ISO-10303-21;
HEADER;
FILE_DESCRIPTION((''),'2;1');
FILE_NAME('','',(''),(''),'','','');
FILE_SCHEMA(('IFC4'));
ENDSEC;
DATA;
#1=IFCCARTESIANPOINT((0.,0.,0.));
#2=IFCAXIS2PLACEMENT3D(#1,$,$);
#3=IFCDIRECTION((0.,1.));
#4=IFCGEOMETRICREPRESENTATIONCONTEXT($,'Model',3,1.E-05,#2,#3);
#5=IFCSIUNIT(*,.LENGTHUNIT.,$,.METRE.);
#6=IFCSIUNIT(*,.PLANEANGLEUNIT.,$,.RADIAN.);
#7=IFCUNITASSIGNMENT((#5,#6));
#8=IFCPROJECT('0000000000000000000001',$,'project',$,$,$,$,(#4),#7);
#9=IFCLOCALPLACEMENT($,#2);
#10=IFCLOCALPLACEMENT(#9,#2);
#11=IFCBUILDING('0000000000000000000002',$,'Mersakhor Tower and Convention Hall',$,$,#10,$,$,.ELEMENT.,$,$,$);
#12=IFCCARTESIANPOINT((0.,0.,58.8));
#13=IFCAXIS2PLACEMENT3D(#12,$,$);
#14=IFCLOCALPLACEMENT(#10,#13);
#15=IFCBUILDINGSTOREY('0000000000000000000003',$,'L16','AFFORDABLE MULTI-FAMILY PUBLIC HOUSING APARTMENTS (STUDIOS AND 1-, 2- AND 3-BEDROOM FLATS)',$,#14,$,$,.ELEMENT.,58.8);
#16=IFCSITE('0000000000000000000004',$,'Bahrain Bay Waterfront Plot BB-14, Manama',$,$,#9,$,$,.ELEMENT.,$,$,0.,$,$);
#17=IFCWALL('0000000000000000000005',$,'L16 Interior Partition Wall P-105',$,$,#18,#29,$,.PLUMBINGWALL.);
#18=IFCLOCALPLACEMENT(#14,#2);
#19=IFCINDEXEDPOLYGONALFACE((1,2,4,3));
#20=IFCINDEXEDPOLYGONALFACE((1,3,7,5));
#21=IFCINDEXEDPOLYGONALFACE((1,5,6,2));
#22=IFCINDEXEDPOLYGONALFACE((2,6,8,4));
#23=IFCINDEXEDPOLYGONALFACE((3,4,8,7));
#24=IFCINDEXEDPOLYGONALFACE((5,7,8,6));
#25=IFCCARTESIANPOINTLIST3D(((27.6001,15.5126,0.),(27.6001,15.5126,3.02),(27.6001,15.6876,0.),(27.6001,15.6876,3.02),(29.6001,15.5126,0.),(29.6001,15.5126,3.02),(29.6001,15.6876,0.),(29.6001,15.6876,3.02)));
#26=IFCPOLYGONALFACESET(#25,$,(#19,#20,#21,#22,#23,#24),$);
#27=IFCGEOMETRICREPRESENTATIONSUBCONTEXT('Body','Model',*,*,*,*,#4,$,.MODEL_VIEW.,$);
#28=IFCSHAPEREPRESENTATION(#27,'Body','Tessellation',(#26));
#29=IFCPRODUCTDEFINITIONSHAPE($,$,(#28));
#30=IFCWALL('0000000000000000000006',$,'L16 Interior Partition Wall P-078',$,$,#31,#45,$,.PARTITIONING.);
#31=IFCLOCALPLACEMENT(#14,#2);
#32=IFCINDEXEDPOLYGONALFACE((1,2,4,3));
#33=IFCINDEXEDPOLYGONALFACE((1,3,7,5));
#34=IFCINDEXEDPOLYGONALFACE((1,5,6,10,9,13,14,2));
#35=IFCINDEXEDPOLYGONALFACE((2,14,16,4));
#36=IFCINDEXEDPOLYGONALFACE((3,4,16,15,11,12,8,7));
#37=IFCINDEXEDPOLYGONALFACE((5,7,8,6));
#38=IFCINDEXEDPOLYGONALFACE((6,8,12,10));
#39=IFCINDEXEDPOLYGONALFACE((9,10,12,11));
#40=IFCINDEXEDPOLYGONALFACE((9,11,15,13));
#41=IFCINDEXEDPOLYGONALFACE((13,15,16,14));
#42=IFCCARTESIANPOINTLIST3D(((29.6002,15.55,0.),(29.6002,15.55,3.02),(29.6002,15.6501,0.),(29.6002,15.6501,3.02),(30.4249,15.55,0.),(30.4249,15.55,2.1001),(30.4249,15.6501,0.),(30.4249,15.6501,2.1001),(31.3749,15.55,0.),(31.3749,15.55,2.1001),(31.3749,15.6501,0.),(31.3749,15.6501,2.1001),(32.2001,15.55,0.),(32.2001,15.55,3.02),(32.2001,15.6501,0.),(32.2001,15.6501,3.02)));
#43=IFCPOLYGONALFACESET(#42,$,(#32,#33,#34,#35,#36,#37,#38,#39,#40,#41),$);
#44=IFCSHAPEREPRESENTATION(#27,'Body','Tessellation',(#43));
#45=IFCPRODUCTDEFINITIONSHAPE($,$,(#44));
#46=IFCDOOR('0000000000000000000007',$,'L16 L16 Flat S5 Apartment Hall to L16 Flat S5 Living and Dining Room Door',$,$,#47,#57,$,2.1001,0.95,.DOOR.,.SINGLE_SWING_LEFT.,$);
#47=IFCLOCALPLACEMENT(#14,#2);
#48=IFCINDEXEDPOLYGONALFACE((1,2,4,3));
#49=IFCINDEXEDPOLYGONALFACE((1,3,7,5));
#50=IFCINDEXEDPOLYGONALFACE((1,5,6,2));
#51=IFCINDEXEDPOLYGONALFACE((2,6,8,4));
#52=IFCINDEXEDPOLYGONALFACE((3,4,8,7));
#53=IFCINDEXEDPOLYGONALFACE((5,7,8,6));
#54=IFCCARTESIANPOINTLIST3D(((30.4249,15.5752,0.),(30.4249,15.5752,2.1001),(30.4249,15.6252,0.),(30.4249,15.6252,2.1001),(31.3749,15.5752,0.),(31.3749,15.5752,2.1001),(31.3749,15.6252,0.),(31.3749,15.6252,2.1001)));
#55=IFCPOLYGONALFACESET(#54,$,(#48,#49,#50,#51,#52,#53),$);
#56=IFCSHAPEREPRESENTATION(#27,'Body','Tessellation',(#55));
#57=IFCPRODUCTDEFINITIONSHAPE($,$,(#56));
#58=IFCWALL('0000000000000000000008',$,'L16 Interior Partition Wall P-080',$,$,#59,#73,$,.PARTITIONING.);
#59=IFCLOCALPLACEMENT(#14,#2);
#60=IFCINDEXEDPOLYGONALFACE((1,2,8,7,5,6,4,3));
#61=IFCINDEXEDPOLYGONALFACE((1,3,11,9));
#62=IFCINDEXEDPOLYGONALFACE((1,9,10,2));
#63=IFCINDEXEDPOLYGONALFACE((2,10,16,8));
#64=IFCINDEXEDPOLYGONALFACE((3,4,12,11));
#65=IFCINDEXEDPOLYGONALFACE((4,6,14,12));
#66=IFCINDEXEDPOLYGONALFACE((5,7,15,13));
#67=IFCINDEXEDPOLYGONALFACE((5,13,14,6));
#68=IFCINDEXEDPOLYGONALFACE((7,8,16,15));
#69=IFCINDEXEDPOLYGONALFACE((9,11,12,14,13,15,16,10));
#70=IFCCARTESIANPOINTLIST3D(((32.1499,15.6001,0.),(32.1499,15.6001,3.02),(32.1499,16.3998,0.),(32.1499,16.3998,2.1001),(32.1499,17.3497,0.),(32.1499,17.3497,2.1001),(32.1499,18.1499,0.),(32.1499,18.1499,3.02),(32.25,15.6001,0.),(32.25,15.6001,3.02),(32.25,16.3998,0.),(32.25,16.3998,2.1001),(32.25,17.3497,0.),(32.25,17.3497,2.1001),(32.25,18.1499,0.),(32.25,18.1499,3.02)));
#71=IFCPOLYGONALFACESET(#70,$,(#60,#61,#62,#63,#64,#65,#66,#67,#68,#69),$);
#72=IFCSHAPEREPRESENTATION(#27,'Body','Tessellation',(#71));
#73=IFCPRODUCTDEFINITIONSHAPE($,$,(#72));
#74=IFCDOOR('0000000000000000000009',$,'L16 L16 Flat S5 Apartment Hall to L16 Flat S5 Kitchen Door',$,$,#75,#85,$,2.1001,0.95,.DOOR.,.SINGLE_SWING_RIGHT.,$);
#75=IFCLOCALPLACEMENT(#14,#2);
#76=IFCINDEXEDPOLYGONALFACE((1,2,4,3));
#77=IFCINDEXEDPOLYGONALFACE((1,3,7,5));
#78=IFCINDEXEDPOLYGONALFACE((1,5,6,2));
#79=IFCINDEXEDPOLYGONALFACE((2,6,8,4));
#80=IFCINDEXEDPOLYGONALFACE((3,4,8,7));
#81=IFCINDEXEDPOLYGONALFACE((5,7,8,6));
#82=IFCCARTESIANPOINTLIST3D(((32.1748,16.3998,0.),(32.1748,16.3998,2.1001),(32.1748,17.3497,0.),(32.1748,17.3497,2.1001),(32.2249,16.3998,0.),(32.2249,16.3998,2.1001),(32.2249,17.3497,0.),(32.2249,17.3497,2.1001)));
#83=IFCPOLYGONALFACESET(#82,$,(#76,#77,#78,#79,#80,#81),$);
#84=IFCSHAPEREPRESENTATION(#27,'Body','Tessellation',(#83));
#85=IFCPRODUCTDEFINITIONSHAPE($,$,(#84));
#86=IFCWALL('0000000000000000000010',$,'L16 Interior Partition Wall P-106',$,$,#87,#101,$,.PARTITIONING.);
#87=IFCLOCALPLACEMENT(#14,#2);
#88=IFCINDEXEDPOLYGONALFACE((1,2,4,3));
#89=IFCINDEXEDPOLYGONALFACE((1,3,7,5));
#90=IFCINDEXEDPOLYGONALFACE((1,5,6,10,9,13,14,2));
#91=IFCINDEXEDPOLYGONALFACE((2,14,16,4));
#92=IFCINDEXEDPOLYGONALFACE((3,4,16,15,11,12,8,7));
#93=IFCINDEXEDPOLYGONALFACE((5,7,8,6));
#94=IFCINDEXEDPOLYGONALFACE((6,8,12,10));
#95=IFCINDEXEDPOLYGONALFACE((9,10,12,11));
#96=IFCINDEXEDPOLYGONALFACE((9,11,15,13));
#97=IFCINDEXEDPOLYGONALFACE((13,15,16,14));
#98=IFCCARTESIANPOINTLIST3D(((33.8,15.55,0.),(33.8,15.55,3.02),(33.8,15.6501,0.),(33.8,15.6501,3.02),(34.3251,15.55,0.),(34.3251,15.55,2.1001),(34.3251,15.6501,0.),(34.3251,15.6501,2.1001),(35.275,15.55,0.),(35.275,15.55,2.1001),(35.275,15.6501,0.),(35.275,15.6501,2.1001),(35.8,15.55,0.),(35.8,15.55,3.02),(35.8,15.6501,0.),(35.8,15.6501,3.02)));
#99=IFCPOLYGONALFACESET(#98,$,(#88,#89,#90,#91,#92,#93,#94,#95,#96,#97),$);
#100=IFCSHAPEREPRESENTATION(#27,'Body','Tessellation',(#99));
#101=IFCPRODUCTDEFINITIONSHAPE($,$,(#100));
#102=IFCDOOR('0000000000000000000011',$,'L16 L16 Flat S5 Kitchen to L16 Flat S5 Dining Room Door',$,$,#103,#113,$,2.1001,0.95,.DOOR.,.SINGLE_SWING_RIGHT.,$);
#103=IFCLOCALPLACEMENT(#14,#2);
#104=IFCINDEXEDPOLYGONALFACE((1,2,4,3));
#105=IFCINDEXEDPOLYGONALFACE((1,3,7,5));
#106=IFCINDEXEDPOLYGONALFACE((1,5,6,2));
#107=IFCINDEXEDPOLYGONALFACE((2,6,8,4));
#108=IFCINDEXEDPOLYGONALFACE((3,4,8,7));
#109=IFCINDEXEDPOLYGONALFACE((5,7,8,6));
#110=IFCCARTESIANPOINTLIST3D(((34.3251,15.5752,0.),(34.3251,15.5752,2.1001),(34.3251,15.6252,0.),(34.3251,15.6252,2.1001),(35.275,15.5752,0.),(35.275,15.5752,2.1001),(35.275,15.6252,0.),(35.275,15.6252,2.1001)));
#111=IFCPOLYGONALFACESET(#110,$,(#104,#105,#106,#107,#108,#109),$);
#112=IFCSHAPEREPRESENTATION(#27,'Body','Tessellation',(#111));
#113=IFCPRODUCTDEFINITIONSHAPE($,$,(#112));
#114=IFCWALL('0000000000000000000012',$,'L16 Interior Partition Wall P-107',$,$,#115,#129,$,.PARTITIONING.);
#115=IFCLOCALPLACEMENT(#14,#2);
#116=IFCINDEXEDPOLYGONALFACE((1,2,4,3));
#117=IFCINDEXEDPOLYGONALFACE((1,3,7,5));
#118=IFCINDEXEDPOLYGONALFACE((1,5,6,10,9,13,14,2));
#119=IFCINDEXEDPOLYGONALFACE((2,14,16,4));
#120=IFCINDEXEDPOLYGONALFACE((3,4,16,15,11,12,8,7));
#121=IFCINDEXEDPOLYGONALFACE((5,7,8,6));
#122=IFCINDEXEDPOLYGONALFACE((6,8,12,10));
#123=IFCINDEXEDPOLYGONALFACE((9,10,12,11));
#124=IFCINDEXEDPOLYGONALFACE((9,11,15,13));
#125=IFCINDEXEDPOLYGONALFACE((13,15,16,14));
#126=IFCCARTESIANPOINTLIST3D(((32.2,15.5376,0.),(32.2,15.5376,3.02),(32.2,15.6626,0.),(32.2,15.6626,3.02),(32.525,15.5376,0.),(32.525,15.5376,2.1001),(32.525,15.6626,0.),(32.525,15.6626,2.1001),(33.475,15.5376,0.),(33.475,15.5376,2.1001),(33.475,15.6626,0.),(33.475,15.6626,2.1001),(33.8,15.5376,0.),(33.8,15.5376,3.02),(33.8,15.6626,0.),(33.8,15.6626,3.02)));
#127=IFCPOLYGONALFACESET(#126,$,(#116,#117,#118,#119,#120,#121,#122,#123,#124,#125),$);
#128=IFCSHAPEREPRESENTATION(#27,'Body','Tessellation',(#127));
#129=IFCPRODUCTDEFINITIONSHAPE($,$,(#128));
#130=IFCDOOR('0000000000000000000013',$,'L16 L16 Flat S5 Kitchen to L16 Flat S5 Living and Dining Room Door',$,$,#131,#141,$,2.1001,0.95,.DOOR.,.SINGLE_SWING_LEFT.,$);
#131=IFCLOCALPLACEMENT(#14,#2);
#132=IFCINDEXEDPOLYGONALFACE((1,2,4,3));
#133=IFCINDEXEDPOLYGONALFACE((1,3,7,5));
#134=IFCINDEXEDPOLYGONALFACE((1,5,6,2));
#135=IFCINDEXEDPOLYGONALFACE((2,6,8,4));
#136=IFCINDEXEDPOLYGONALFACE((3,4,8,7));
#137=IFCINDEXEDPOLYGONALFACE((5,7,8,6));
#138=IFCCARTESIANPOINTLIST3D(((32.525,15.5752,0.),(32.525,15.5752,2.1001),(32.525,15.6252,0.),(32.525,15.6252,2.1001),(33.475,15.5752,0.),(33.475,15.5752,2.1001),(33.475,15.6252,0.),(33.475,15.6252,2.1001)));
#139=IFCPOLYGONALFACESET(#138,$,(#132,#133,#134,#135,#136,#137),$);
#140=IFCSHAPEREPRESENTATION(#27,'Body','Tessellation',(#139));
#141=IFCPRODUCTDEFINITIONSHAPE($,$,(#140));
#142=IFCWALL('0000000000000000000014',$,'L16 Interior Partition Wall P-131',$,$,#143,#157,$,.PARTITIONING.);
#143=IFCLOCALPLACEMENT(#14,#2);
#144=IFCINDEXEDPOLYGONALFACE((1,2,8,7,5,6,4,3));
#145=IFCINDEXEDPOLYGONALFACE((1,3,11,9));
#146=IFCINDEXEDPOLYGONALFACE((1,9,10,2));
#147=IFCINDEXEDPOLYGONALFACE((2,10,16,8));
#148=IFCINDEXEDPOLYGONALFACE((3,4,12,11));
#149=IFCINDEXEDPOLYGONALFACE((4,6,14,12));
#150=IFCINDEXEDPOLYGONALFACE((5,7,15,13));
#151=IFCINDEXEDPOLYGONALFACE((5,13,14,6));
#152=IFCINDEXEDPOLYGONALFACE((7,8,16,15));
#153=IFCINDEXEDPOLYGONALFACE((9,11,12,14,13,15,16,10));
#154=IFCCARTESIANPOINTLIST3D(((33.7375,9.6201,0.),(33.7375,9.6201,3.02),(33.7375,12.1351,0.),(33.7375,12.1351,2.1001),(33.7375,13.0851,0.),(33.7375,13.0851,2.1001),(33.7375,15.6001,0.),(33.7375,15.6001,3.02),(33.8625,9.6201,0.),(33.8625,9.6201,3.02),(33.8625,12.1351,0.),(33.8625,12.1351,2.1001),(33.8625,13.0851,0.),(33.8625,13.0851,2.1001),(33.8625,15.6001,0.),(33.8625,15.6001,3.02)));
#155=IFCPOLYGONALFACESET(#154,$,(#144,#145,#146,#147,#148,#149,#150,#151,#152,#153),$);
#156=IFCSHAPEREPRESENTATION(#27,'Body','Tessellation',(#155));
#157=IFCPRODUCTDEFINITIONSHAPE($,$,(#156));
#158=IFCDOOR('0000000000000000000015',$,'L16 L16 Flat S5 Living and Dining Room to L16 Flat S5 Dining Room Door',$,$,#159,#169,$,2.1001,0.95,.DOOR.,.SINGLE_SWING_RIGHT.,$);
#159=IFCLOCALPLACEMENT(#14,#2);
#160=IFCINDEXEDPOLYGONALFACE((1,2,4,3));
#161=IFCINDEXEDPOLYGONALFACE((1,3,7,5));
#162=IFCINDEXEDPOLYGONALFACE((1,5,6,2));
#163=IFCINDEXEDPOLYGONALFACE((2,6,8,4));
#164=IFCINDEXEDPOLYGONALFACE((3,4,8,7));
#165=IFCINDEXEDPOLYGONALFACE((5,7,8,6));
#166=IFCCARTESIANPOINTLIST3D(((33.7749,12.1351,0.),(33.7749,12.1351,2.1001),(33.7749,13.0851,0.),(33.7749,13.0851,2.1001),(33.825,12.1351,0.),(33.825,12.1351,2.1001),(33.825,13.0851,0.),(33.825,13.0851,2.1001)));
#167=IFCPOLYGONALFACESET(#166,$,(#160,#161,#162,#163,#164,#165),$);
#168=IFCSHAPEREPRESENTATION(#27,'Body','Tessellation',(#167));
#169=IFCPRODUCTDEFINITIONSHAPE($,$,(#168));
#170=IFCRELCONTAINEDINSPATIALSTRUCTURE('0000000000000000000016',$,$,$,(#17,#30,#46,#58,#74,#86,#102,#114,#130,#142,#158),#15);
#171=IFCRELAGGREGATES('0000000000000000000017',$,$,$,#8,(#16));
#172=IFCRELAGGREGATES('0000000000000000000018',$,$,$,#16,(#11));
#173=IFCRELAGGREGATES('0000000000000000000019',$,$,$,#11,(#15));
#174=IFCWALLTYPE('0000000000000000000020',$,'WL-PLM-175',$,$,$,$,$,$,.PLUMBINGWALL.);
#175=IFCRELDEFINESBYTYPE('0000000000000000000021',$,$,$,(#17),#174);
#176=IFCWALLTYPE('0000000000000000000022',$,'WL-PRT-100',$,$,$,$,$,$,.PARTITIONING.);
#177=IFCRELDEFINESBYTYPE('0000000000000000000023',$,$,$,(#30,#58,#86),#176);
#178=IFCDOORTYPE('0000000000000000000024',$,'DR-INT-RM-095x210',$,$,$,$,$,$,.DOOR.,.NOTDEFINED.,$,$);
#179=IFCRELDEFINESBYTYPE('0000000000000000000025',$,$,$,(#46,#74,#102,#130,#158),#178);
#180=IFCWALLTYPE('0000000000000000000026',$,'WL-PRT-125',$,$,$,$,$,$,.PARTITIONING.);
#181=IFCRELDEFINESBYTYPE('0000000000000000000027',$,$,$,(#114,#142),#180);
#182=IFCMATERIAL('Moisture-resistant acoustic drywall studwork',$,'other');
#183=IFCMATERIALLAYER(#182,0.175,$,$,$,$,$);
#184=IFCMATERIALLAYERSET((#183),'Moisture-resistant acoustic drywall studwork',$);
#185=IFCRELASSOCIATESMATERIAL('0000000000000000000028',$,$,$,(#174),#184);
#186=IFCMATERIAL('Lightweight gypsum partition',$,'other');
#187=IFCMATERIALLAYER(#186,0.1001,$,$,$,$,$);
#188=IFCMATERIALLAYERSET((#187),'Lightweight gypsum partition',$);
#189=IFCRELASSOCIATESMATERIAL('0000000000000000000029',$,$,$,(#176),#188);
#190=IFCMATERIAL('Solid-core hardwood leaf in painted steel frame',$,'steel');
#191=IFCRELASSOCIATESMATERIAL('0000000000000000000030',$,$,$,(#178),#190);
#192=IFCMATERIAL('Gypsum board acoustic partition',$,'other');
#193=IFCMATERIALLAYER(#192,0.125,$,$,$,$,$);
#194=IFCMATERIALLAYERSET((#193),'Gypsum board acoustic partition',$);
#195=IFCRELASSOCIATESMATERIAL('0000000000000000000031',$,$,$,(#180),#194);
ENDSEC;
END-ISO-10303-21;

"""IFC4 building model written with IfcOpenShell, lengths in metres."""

from ifc_helpers import new_model, si_unit, direction, frame, frame_2d, origin, place, context, subcontext, project, spatial, rectangle, extrude, material, layer, layer_set, type_object, element, fill, save


model = new_model("IFC4")

# Units and contexts
model_context = context("Model", 3, precision=1e-05, world=origin(), true_north=direction((0.0, 1.0)))
body_context = subcontext(model_context, "Body", "Model", "MODEL_VIEW")
ifc_project = project(units=[si_unit("LENGTHUNIT", "METRE"), si_unit("PLANEANGLEUNIT", "RADIAN")], contexts=[model_context])

# Site, building, storey
site_placement = place(None, origin())
site = spatial("IfcSite", under=ifc_project, at=site_placement, Name="Bahrain Bay Waterfront Plot BB-14, Manama", CompositionType="ELEMENT", RefElevation=0.0)
building_placement = place(site_placement, origin())
building = spatial("IfcBuilding", under=site, at=building_placement, Name="Mersakhor Tower and Convention Hall", CompositionType="ELEMENT")
storey_placement = place(building_placement, frame((0.0, 0.0, 58.8)))
storey = spatial("IfcBuildingStorey", under=building, at=storey_placement, Name="L16", Description="AFFORDABLE MULTI-FAMILY PUBLIC HOUSING APARTMENTS (STUDIOS AND 1-, 2- AND 3-BEDROOM FLATS)", CompositionType="ELEMENT", Elevation=58.8)

# Wall
ifc_material_1 = material(Name="Moisture-resistant acoustic drywall studwork", Category="other")
ifc_layer_1 = layer(ifc_material_1, 0.175)
ifc_layer_set_1 = layer_set([ifc_layer_1], Name="Moisture-resistant acoustic drywall studwork")
wall_type_1 = type_object("IfcWallType", Name="WL-PLM-175", PredefinedType="PLUMBINGWALL", material=ifc_layer_set_1)
wall_1_placement = place(storey_placement, frame((29.6001, 15.6001, 0.0), z_axis=(0.0, 0.0, 1.0), x_axis=(-1.0, 0.0, 0.0)))
element("IfcWall", 1, at=wall_1_placement, inside=storey, type_object=wall_type_1, Name="L16 Interior Partition Wall P-105", PredefinedType="PLUMBINGWALL", context=body_context, shape_type="SweptSolid", body=[
    extrude(rectangle(XDim=2.0, YDim=0.175, at=frame_2d((1.0, 0.0))), origin(), (0.0, 0.0, 1.0), 3.02),
])

# Walls, openings, doors
ifc_material_2 = material(Name="Lightweight gypsum partition", Category="other")
ifc_layer_2 = layer(ifc_material_2, 0.1001)
ifc_layer_set_2 = layer_set([ifc_layer_2], Name="Lightweight gypsum partition")
wall_type_2 = type_object("IfcWallType", Name="WL-PRT-100", PredefinedType="PARTITIONING", material=ifc_layer_set_2)
wall_2_placement = place(storey_placement, frame((32.2, 15.6001, 0.0), z_axis=(0.0, 0.0, 1.0), x_axis=(-1.0, 0.0, 0.0)))
wall_2 = element("IfcWall", 2, at=wall_2_placement, inside=storey, type_object=wall_type_2, Name="L16 Interior Partition Wall P-078", PredefinedType="PARTITIONING", context=body_context, shape_type="SweptSolid", body=[
    extrude(rectangle(XDim=2.5999, YDim=0.1001, at=frame_2d((1.2998, 0.0))), origin(), (0.0, 0.0, 1.0), 3.02),
])
opening_1_placement = place(wall_2_placement, frame((0.825, 0.0, 0.0)))
opening_1 = element("IfcOpeningElement", 3, at=opening_1_placement, cuts=wall_2, PredefinedType="OPENING", context=body_context, shape_type="SweptSolid", body=[
    extrude(rectangle(XDim=0.95, YDim=2.1001, at=frame_2d((0.4751, 1.05))), frame((0.0, 0.0601, 0.0), z_axis=(0.0, -1.0, 0.0), x_axis=(1.0, 0.0, 0.0)), (0.0, 0.0, 1.0), 0.1201),
])
ifc_material_3 = material(Name="Solid-core hardwood leaf in painted steel frame", Category="steel")
door_type_1 = type_object("IfcDoorType", Name="DR-INT-RM-095x210", OperationType="NOTDEFINED", PredefinedType="DOOR", material=ifc_material_3)
door_1_placement = place(opening_1_placement, origin())
door_1 = element("IfcDoor", 4, at=door_1_placement, inside=storey, type_object=door_type_1, Name="L16 L16 Flat S5 Apartment Hall to L16 Flat S5 Living and Dining Room Door", OperationType="SINGLE_SWING_LEFT", OverallHeight=2.1001, OverallWidth=0.95, PredefinedType="DOOR", context=body_context, shape_type="SweptSolid", body=[
    extrude(rectangle(XDim=0.95, YDim=2.1001, at=frame_2d((0.4751, 1.05))), frame((0.0, 0.0249, 0.0), z_axis=(0.0, -1.0, 0.0), x_axis=(1.0, 0.0, 0.0)), (0.0, 0.0, 1.0), 0.05),
])
fill(opening_1, door_1)
wall_3_placement = place(storey_placement, frame((32.2, 18.1499, 0.0), z_axis=(0.0, 0.0, 1.0), x_axis=(0.0, -1.0, 0.0)))
wall_3 = element("IfcWall", 5, at=wall_3_placement, inside=storey, type_object=wall_type_2, Name="L16 Interior Partition Wall P-080", PredefinedType="PARTITIONING", context=body_context, shape_type="SweptSolid", body=[
    extrude(rectangle(XDim=2.5498, YDim=0.1001, at=frame_2d((1.2749, 0.0))), origin(), (0.0, 0.0, 1.0), 3.02),
])
opening_2_placement = place(wall_3_placement, frame((0.8, 0.0, 0.0)))
opening_2 = element("IfcOpeningElement", 6, at=opening_2_placement, cuts=wall_3, PredefinedType="OPENING", context=body_context, shape_type="SweptSolid", body=[
    extrude(rectangle(XDim=0.95, YDim=2.1001, at=frame_2d((0.4751, 1.05))), frame((0.0, 0.0601, 0.0), z_axis=(0.0, -1.0, 0.0), x_axis=(1.0, 0.0, 0.0)), (0.0, 0.0, 1.0), 0.1201),
])
door_2_placement = place(opening_2_placement, origin())
door_2 = element("IfcDoor", 7, at=door_2_placement, inside=storey, type_object=door_type_1, Name="L16 L16 Flat S5 Apartment Hall to L16 Flat S5 Kitchen Door", OperationType="SINGLE_SWING_RIGHT", OverallHeight=2.1001, OverallWidth=0.95, PredefinedType="DOOR", context=body_context, shape_type="SweptSolid", body=[
    extrude(rectangle(XDim=0.95, YDim=2.1001, at=frame_2d((0.4751, 1.05))), frame((0.0, 0.0249, 0.0), z_axis=(0.0, -1.0, 0.0), x_axis=(1.0, 0.0, 0.0)), (0.0, 0.0, 1.0), 0.05),
])
fill(opening_2, door_2)
wall_4_placement = place(storey_placement, frame((35.8, 15.6001, 0.0), z_axis=(0.0, 0.0, 1.0), x_axis=(-1.0, 0.0, 0.0)))
wall_4 = element("IfcWall", 8, at=wall_4_placement, inside=storey, type_object=wall_type_2, Name="L16 Interior Partition Wall P-106", PredefinedType="PARTITIONING", context=body_context, shape_type="SweptSolid", body=[
    extrude(rectangle(XDim=2.0, YDim=0.1001, at=frame_2d((1.0, 0.0))), origin(), (0.0, 0.0, 1.0), 3.02),
])
opening_3_placement = place(wall_4_placement, frame((0.5249, 0.0, 0.0)))
opening_3 = element("IfcOpeningElement", 9, at=opening_3_placement, cuts=wall_4, PredefinedType="OPENING", context=body_context, shape_type="SweptSolid", body=[
    extrude(rectangle(XDim=0.95, YDim=2.1001, at=frame_2d((0.4751, 1.05))), frame((0.0, 0.0601, 0.0), z_axis=(0.0, -1.0, 0.0), x_axis=(1.0, 0.0, 0.0)), (0.0, 0.0, 1.0), 0.1201),
])
door_3_placement = place(opening_3_placement, origin())
door_3 = element("IfcDoor", 10, at=door_3_placement, inside=storey, type_object=door_type_1, Name="L16 L16 Flat S5 Kitchen to L16 Flat S5 Dining Room Door", OperationType="SINGLE_SWING_RIGHT", OverallHeight=2.1001, OverallWidth=0.95, PredefinedType="DOOR", context=body_context, shape_type="SweptSolid", body=[
    extrude(rectangle(XDim=0.95, YDim=2.1001, at=frame_2d((0.4751, 1.05))), frame((0.0, 0.0249, 0.0), z_axis=(0.0, -1.0, 0.0), x_axis=(1.0, 0.0, 0.0)), (0.0, 0.0, 1.0), 0.05),
])
fill(opening_3, door_3)
ifc_material_4 = material(Name="Gypsum board acoustic partition", Category="other")
ifc_layer_3 = layer(ifc_material_4, 0.125)
ifc_layer_set_3 = layer_set([ifc_layer_3], Name="Gypsum board acoustic partition")
wall_type_3 = type_object("IfcWallType", Name="WL-PRT-125", PredefinedType="PARTITIONING", material=ifc_layer_set_3)
wall_5_placement = place(storey_placement, frame((33.8, 15.6001, 0.0), z_axis=(0.0, 0.0, 1.0), x_axis=(-1.0, 0.0, 0.0)))
wall_5 = element("IfcWall", 11, at=wall_5_placement, inside=storey, type_object=wall_type_3, Name="L16 Interior Partition Wall P-107", PredefinedType="PARTITIONING", context=body_context, shape_type="SweptSolid", body=[
    extrude(rectangle(XDim=1.6001, YDim=0.125, at=frame_2d((0.8, 0.0))), origin(), (0.0, 0.0, 1.0), 3.02),
])
opening_4_placement = place(wall_5_placement, frame((0.325, 0.0, 0.0)))
opening_4 = element("IfcOpeningElement", 12, at=opening_4_placement, cuts=wall_5, PredefinedType="OPENING", context=body_context, shape_type="SweptSolid", body=[
    extrude(rectangle(XDim=0.95, YDim=2.1001, at=frame_2d((0.4751, 1.05))), frame((0.0, 0.0725, 0.0), z_axis=(0.0, -1.0, 0.0), x_axis=(1.0, 0.0, 0.0)), (0.0, 0.0, 1.0), 0.145),
])
door_4_placement = place(opening_4_placement, origin())
door_4 = element("IfcDoor", 13, at=door_4_placement, inside=storey, type_object=door_type_1, Name="L16 L16 Flat S5 Kitchen to L16 Flat S5 Living and Dining Room Door", OperationType="SINGLE_SWING_LEFT", OverallHeight=2.1001, OverallWidth=0.95, PredefinedType="DOOR", context=body_context, shape_type="SweptSolid", body=[
    extrude(rectangle(XDim=0.95, YDim=2.1001, at=frame_2d((0.4751, 1.05))), frame((0.0, 0.0249, 0.0), z_axis=(0.0, -1.0, 0.0), x_axis=(1.0, 0.0, 0.0)), (0.0, 0.0, 1.0), 0.05),
])
fill(opening_4, door_4)
wall_6_placement = place(storey_placement, frame((33.8, 15.6001, 0.0), z_axis=(0.0, 0.0, 1.0), x_axis=(0.0, -1.0, 0.0)))
wall_6 = element("IfcWall", 14, at=wall_6_placement, inside=storey, type_object=wall_type_3, Name="L16 Interior Partition Wall P-131", PredefinedType="PARTITIONING", context=body_context, shape_type="SweptSolid", body=[
    extrude(rectangle(XDim=5.98, YDim=0.125, at=frame_2d((2.99, 0.0))), origin(), (0.0, 0.0, 1.0), 3.02),
])
opening_5_placement = place(wall_6_placement, frame((2.5149, 0.0, 0.0)))
opening_5 = element("IfcOpeningElement", 15, at=opening_5_placement, cuts=wall_6, PredefinedType="OPENING", context=body_context, shape_type="SweptSolid", body=[
    extrude(rectangle(XDim=0.95, YDim=2.1001, at=frame_2d((0.4751, 1.05))), frame((0.0, 0.0725, 0.0), z_axis=(0.0, -1.0, 0.0), x_axis=(1.0, 0.0, 0.0)), (0.0, 0.0, 1.0), 0.145),
])
door_5_placement = place(opening_5_placement, origin())
door_5 = element("IfcDoor", 16, at=door_5_placement, inside=storey, type_object=door_type_1, Name="L16 L16 Flat S5 Living and Dining Room to L16 Flat S5 Dining Room Door", OperationType="SINGLE_SWING_RIGHT", OverallHeight=2.1001, OverallWidth=0.95, PredefinedType="DOOR", context=body_context, shape_type="SweptSolid", body=[
    extrude(rectangle(XDim=0.95, YDim=2.1001, at=frame_2d((0.4751, 1.05))), frame((0.0, 0.0249, 0.0), z_axis=(0.0, -1.0, 0.0), x_axis=(1.0, 0.0, 0.0)), (0.0, 0.0, 1.0), 0.05),
])
fill(opening_5, door_5)

save(model, "model.ifc")
